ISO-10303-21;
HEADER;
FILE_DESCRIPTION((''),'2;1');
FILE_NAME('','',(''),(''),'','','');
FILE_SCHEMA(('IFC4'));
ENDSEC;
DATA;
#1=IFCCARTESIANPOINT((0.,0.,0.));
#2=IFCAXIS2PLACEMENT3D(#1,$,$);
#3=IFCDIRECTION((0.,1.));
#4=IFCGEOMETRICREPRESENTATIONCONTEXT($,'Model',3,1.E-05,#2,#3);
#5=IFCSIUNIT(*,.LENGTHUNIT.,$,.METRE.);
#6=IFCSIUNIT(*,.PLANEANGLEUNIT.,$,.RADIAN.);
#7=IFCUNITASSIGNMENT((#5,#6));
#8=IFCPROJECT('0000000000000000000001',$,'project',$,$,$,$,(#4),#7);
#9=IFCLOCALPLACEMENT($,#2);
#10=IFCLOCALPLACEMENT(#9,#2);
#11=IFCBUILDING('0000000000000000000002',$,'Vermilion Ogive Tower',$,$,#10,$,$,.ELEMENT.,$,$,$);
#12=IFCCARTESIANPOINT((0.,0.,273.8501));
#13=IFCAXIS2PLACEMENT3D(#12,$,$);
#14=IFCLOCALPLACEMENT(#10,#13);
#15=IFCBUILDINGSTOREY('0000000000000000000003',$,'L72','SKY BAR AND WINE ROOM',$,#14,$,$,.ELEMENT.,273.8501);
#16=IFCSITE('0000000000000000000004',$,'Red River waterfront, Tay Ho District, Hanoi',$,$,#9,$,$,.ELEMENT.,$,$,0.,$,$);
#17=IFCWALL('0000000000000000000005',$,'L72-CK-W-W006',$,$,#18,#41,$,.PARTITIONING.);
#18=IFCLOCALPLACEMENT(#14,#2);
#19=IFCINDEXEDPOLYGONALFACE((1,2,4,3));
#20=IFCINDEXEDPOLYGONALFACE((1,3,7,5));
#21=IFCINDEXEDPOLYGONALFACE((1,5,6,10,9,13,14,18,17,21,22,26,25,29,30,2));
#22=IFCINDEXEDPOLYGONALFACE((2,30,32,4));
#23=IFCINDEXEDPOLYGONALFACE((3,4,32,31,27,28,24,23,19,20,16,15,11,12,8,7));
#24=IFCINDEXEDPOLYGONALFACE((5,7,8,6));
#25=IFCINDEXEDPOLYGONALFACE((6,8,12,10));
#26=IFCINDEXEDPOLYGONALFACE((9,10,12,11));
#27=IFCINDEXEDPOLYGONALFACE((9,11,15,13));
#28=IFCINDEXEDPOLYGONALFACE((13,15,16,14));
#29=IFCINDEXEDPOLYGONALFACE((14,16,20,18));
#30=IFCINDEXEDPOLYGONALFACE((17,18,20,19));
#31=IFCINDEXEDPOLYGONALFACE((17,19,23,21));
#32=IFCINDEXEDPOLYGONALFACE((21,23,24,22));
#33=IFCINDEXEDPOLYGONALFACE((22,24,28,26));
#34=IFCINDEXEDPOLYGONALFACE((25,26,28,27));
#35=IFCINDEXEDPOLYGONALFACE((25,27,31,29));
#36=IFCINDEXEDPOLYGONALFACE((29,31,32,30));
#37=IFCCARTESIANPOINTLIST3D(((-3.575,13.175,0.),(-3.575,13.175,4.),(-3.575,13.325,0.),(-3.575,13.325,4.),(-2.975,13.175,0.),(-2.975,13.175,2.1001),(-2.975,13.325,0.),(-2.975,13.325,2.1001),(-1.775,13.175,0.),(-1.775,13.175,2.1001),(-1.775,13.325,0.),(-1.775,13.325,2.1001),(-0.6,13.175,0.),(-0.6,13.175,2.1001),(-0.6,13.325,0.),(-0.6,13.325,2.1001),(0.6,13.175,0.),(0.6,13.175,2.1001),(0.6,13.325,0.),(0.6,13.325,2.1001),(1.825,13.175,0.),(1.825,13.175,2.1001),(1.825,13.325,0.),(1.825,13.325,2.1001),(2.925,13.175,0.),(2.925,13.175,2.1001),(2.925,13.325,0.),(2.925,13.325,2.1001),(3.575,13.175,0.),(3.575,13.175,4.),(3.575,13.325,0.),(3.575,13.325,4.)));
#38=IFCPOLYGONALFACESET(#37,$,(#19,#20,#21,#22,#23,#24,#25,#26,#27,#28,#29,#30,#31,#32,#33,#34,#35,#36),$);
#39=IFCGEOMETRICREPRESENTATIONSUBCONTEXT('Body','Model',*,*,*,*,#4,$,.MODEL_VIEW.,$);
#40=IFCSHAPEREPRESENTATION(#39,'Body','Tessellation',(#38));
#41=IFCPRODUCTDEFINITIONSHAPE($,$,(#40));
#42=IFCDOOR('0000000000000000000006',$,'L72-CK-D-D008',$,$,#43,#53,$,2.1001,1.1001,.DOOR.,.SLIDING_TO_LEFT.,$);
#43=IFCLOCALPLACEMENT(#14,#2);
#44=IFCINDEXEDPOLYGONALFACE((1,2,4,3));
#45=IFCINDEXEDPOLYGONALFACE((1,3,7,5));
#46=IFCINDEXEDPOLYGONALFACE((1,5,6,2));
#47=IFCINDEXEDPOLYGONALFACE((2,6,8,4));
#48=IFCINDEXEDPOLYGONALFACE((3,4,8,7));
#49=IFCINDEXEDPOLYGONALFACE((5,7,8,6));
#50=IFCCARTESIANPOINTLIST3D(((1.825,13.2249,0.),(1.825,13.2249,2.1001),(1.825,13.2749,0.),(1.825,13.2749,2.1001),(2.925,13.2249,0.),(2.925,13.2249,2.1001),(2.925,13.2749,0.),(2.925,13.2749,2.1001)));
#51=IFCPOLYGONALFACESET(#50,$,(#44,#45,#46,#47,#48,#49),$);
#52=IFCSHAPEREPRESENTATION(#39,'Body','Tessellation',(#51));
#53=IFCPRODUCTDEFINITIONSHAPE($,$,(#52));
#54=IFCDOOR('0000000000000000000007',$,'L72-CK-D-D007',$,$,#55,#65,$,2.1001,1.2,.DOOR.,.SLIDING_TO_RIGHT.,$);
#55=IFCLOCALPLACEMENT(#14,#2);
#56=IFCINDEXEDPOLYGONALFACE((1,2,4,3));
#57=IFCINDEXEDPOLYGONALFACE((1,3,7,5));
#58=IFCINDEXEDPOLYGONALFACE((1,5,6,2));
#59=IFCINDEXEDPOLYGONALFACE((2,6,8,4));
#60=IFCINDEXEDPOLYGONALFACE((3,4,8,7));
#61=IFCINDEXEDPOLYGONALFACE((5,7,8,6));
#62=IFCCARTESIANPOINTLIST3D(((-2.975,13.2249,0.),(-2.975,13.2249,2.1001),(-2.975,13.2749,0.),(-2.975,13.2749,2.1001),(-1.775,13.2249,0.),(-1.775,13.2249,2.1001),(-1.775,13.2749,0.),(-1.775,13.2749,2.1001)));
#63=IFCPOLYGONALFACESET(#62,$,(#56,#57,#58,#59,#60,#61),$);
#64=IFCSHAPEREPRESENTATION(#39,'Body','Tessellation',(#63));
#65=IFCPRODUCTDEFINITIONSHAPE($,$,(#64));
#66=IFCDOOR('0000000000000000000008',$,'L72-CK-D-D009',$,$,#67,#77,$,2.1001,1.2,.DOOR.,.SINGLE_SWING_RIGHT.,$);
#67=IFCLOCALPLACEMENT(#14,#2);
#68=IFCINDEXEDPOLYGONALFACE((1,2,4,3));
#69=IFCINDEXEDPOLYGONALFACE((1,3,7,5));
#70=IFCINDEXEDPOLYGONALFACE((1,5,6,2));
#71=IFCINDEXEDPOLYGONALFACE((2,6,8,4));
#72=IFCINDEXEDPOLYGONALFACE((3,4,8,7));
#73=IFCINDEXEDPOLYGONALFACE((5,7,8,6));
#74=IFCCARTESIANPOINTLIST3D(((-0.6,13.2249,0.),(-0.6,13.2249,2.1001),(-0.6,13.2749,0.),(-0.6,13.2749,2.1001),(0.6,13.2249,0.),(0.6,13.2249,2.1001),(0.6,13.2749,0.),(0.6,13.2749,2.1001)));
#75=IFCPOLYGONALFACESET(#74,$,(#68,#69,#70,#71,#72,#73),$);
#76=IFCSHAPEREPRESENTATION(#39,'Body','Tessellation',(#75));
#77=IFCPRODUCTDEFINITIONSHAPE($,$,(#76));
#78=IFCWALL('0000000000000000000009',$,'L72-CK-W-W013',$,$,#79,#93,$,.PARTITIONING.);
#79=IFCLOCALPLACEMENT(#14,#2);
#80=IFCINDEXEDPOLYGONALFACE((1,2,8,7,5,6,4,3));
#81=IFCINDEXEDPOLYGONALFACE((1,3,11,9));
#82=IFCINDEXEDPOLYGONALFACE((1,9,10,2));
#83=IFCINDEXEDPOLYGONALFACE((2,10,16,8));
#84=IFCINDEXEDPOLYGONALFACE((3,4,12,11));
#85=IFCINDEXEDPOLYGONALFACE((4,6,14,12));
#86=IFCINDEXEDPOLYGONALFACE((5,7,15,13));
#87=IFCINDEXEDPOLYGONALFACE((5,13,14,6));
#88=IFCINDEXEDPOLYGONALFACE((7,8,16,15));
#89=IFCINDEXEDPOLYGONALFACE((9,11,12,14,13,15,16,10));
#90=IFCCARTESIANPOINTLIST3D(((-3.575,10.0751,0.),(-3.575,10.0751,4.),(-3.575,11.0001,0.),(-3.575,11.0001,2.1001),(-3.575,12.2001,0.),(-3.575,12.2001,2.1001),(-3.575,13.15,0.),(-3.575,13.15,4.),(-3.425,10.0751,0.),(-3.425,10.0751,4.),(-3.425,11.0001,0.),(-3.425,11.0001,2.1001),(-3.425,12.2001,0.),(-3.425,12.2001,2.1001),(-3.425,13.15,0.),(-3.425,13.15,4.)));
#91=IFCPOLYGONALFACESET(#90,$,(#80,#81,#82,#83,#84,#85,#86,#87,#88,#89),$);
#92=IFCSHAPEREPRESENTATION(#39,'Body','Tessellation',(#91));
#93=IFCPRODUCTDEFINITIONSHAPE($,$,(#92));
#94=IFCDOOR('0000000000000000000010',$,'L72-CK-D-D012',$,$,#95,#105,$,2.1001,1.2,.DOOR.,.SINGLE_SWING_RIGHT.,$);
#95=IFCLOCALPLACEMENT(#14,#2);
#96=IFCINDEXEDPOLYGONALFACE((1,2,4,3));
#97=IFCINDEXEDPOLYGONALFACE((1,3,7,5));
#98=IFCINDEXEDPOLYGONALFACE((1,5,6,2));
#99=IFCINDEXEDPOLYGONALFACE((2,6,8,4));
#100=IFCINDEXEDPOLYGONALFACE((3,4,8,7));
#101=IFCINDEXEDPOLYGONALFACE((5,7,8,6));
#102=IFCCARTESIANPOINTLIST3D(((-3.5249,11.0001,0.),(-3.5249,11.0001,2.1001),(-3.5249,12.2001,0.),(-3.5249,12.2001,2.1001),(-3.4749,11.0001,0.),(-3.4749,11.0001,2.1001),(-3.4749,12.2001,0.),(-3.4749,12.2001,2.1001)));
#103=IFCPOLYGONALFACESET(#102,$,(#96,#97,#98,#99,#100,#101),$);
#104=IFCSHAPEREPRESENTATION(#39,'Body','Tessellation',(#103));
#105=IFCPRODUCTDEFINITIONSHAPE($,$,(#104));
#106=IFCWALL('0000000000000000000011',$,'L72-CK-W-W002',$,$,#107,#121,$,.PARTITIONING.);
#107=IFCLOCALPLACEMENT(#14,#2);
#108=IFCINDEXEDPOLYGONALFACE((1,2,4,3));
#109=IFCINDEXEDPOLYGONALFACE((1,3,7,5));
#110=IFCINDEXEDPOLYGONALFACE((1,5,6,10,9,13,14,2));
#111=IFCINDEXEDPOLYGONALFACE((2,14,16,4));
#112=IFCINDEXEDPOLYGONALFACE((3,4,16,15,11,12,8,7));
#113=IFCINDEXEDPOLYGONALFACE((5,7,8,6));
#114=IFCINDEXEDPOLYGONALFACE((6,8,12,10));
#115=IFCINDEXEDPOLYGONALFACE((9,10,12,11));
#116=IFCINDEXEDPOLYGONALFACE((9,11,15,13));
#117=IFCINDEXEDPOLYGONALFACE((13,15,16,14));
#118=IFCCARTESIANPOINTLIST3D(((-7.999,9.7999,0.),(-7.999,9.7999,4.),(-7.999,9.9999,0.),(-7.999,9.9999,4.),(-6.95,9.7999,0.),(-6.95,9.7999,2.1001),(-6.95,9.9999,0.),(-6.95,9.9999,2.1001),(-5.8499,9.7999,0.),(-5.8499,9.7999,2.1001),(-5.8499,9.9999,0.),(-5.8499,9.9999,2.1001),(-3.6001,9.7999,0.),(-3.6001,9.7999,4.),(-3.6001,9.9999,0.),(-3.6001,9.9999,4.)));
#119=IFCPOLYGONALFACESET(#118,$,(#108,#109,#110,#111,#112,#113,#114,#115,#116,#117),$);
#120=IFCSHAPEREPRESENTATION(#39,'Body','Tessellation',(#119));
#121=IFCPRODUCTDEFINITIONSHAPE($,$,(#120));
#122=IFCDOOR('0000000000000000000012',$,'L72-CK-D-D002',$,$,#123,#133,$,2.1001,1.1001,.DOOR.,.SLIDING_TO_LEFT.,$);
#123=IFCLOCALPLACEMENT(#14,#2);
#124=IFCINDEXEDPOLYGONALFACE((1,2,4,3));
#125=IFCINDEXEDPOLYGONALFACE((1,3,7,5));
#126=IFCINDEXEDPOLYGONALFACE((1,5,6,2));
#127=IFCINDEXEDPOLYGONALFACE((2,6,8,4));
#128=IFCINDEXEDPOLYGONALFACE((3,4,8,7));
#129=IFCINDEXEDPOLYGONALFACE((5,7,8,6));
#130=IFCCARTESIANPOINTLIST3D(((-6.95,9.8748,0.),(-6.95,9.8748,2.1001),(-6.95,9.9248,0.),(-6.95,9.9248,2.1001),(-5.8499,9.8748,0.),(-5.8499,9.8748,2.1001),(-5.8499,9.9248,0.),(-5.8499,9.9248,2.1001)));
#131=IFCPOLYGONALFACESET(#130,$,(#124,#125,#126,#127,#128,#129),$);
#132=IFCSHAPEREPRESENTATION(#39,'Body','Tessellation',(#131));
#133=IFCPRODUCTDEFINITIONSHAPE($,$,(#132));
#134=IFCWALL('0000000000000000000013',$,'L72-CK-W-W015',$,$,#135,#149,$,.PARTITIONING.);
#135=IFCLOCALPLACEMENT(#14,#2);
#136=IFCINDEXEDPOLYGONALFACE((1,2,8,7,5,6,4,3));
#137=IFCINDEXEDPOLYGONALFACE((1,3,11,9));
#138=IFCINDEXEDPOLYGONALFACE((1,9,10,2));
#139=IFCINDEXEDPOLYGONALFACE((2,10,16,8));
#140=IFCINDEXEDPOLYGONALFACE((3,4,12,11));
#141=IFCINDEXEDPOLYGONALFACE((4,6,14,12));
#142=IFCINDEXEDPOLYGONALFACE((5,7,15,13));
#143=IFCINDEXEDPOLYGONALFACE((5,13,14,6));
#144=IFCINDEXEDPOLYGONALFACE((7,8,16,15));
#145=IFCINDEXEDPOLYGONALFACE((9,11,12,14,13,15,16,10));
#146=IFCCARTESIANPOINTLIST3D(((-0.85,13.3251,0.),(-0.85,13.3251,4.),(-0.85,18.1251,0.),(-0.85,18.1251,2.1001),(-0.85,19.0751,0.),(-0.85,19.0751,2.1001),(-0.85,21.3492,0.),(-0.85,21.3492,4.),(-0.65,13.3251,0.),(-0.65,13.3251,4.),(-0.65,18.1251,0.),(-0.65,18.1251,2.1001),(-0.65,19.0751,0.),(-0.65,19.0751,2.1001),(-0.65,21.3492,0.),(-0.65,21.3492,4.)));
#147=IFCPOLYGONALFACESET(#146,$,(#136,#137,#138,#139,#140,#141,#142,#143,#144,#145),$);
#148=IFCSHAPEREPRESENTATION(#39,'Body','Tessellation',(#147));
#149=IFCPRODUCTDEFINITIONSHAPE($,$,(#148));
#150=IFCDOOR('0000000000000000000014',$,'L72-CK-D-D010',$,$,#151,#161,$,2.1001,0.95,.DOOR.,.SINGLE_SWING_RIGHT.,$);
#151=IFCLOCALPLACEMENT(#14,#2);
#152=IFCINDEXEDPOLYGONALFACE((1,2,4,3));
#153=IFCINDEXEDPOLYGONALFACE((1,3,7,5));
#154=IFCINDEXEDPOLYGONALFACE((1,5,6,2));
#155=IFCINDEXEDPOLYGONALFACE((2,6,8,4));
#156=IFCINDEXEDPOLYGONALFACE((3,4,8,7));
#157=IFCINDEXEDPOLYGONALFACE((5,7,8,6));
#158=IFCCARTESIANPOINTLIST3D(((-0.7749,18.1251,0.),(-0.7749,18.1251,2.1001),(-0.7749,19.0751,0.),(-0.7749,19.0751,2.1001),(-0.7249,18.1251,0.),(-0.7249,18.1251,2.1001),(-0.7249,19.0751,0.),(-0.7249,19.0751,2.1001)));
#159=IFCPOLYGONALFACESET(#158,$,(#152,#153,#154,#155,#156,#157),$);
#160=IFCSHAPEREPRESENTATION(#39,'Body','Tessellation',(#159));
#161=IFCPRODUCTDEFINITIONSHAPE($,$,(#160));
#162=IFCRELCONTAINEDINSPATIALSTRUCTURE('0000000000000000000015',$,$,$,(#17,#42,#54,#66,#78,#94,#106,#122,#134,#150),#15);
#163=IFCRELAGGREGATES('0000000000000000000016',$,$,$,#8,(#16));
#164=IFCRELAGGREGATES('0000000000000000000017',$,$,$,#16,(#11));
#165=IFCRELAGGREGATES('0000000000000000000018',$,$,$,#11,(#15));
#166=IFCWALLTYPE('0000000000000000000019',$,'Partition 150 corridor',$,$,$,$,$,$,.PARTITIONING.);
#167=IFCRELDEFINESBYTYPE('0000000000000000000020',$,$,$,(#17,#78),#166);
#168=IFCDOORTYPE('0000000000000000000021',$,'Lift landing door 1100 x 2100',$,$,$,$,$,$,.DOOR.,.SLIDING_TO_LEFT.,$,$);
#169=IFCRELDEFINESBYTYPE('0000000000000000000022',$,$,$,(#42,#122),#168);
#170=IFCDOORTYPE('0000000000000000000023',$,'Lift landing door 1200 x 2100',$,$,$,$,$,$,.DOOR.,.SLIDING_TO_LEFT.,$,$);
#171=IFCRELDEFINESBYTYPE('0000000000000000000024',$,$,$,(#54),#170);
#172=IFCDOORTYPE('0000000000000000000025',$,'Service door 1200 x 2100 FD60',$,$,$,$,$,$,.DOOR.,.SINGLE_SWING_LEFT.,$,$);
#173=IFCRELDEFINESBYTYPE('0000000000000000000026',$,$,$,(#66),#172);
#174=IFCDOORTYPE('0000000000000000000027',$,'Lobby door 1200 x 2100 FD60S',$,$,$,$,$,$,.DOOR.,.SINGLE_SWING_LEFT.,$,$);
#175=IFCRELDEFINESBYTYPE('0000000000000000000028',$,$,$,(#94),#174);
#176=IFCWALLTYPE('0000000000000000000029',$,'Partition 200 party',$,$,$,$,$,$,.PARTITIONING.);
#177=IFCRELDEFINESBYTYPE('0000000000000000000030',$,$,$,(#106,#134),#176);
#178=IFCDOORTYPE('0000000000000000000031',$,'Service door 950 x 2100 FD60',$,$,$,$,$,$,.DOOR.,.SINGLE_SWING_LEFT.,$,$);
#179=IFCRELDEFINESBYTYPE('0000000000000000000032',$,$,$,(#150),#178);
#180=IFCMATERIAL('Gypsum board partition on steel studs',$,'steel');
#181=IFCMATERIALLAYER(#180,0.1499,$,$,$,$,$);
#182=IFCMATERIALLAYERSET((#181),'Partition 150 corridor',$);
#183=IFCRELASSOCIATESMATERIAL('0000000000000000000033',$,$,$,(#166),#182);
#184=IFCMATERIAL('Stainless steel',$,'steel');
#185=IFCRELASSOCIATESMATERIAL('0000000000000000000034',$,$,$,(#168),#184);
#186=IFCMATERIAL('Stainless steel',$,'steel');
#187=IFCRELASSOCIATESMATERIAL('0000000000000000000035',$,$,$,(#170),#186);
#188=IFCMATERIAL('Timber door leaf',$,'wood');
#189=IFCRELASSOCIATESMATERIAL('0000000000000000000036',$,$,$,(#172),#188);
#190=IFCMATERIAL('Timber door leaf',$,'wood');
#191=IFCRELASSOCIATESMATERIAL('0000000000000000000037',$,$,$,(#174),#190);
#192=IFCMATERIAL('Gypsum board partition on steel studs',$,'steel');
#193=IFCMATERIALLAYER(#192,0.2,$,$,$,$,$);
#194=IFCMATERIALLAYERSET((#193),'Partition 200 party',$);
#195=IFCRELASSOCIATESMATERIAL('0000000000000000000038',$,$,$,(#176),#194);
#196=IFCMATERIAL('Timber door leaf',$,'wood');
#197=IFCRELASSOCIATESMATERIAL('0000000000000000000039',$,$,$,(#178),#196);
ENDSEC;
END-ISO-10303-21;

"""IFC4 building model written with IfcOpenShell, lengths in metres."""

from ifc_helpers import new_model, si_unit, direction, frame, frame_2d, origin, place, context, subcontext, project, spatial, rectangle, extrude, material, layer, layer_set, type_object, element, fill, save


model = new_model("IFC4")

# Units and contexts
model_context = context("Model", 3, precision=1e-05, world=origin(), true_north=direction((0.0, 1.0)))
body_context = subcontext(model_context, "Body", "Model", "MODEL_VIEW")
ifc_project = project(units=[si_unit("LENGTHUNIT", "METRE"), si_unit("PLANEANGLEUNIT", "RADIAN")], contexts=[model_context])

# Site, building, storey
site_placement = place(None, origin())
site = spatial("IfcSite", under=ifc_project, at=site_placement, Name="Red River waterfront, Tay Ho District, Hanoi", CompositionType="ELEMENT", RefElevation=0.0)
building_placement = place(site_placement, origin())
building = spatial("IfcBuilding", under=site, at=building_placement, Name="Vermilion Ogive Tower", CompositionType="ELEMENT")
storey_placement = place(building_placement, frame((0.0, 0.0, 273.8501)))
storey = spatial("IfcBuildingStorey", under=building, at=storey_placement, Name="L72", Description="SKY BAR AND WINE ROOM", CompositionType="ELEMENT", Elevation=273.8501)

# Shared definitions
ifc_material_1 = material(Name="Gypsum board partition on steel studs", Category="steel")
ifc_layer_1 = layer(ifc_material_1, 0.1499)
ifc_layer_set_1 = layer_set([ifc_layer_1], Name="Partition 150 corridor")
wall_type_1 = type_object("IfcWallType", Name="Partition 150 corridor", PredefinedType="PARTITIONING", material=ifc_layer_set_1)

# Wall, openings, doors
wall_1_placement = place(storey_placement, frame((-3.575, 13.25, 0.0), z_axis=(0.0, 0.0, 1.0), x_axis=(1.0, 0.0, 0.0)))
wall_1 = element("IfcWall", 1, at=wall_1_placement, inside=storey, type_object=wall_type_1, Name="L72-CK-W-W006", PredefinedType="PARTITIONING", context=body_context, shape_type="SweptSolid", body=[
    extrude(rectangle(XDim=7.1499, YDim=0.1499, at=frame_2d((3.575, 0.0))), origin(), (0.0, 0.0, 1.0), 4.0),
])
opening_1_placement = place(wall_1_placement, frame((0.5999, 0.0, 0.0)))
opening_1 = element("IfcOpeningElement", 2, at=opening_1_placement, cuts=wall_1, PredefinedType="OPENING", context=body_context, shape_type="SweptSolid", body=[
    extrude(rectangle(XDim=1.2, YDim=2.1001, at=frame_2d((0.6001, 1.05))), frame((0.0, 0.085, 0.0), z_axis=(0.0, -1.0, 0.0), x_axis=(1.0, 0.0, 0.0)), (0.0, 0.0, 1.0), 0.1699),
])
opening_2_placement = place(wall_1_placement, frame((5.3999, 0.0, 0.0)))
opening_2 = element("IfcOpeningElement", 3, at=opening_2_placement, cuts=wall_1, PredefinedType="OPENING", context=body_context, shape_type="SweptSolid", body=[
    extrude(rectangle(XDim=1.1001, YDim=2.1001, at=frame_2d((0.55, 1.05))), frame((0.0, 0.085, 0.0), z_axis=(0.0, -1.0, 0.0), x_axis=(1.0, 0.0, 0.0)), (0.0, 0.0, 1.0), 0.1699),
])
opening_3_placement = place(wall_1_placement, frame((2.9749, 0.0, 0.0)))
opening_3 = element("IfcOpeningElement", 4, at=opening_3_placement, cuts=wall_1, PredefinedType="OPENING", context=body_context, shape_type="SweptSolid", body=[
    extrude(rectangle(XDim=1.2, YDim=2.1001, at=frame_2d((0.6001, 1.05))), frame((0.0, 0.085, 0.0), z_axis=(0.0, -1.0, 0.0), x_axis=(1.0, 0.0, 0.0)), (0.0, 0.0, 1.0), 0.1699),
])
ifc_material_2 = material(Name="Stainless steel", Category="steel")
door_type_1 = type_object("IfcDoorType", Name="Lift landing door 1100 x 2100", OperationType="SLIDING_TO_LEFT", PredefinedType="DOOR", material=ifc_material_2)
door_1_placement = place(opening_2_placement, origin())
door_1 = element("IfcDoor", 5, at=door_1_placement, inside=storey, type_object=door_type_1, Name="L72-CK-D-D008", OperationType="SLIDING_TO_LEFT", OverallHeight=2.1001, OverallWidth=1.1001, PredefinedType="DOOR", context=body_context, shape_type="SweptSolid", body=[
    extrude(rectangle(XDim=1.1001, YDim=2.1001, at=frame_2d((0.55, 1.05))), frame((0.0, 0.0249, 0.0), z_axis=(0.0, -1.0, 0.0), x_axis=(1.0, 0.0, 0.0)), (0.0, 0.0, 1.0), 0.05),
])
fill(opening_2, door_1)
ifc_material_3 = material(Name="Stainless steel", Category="steel")
door_type_2 = type_object("IfcDoorType", Name="Lift landing door 1200 x 2100", OperationType="SLIDING_TO_LEFT", PredefinedType="DOOR", material=ifc_material_3)
door_2_placement = place(opening_1_placement, origin())
door_2 = element("IfcDoor", 6, at=door_2_placement, inside=storey, type_object=door_type_2, Name="L72-CK-D-D007", OperationType="SLIDING_TO_RIGHT", OverallHeight=2.1001, OverallWidth=1.2, PredefinedType="DOOR", context=body_context, shape_type="SweptSolid", body=[
    extrude(rectangle(XDim=1.2, YDim=2.1001, at=frame_2d((0.6001, 1.05))), frame((0.0, 0.0249, 0.0), z_axis=(0.0, -1.0, 0.0), x_axis=(1.0, 0.0, 0.0)), (0.0, 0.0, 1.0), 0.05),
])
fill(opening_1, door_2)
ifc_material_4 = material(Name="Timber door leaf", Category="wood")
door_type_3 = type_object("IfcDoorType", Name="Service door 1200 x 2100 FD60", OperationType="SINGLE_SWING_LEFT", PredefinedType="DOOR", material=ifc_material_4)
door_3_placement = place(opening_3_placement, origin())
door_3 = element("IfcDoor", 7, at=door_3_placement, inside=storey, type_object=door_type_3, Name="L72-CK-D-D009", OperationType="SINGLE_SWING_RIGHT", OverallHeight=2.1001, OverallWidth=1.2, PredefinedType="DOOR", context=body_context, shape_type="SweptSolid", body=[
    extrude(rectangle(XDim=1.2, YDim=2.1001, at=frame_2d((0.6001, 1.05))), frame((0.0, 0.0249, 0.0), z_axis=(0.0, -1.0, 0.0), x_axis=(1.0, 0.0, 0.0)), (0.0, 0.0, 1.0), 0.05),
])
fill(opening_3, door_3)

# Walls, openings, doors
wall_2_placement = place(storey_placement, frame((-3.5, 10.075, 0.0), z_axis=(0.0, 0.0, 1.0), x_axis=(0.0, 1.0, 0.0)))
wall_2 = element("IfcWall", 8, at=wall_2_placement, inside=storey, type_object=wall_type_1, Name="L72-CK-W-W013", PredefinedType="PARTITIONING", context=body_context, shape_type="SweptSolid", body=[
    extrude(rectangle(XDim=3.075, YDim=0.1499, at=frame_2d((1.5376, 0.0))), origin(), (0.0, 0.0, 1.0), 4.0),
])
opening_4_placement = place(wall_2_placement, frame((0.925, 0.0, 0.0)))
opening_4 = element("IfcOpeningElement", 9, at=opening_4_placement, cuts=wall_2, PredefinedType="OPENING", context=body_context, shape_type="SweptSolid", body=[
    extrude(rectangle(XDim=1.2, YDim=2.1001, at=frame_2d((0.6001, 1.05))), frame((0.0, 0.085, 0.0), z_axis=(0.0, -1.0, 0.0), x_axis=(1.0, 0.0, 0.0)), (0.0, 0.0, 1.0), 0.1699),
])
ifc_material_5 = material(Name="Timber door leaf", Category="wood")
door_type_4 = type_object("IfcDoorType", Name="Lobby door 1200 x 2100 FD60S", OperationType="SINGLE_SWING_LEFT", PredefinedType="DOOR", material=ifc_material_5)
door_4_placement = place(opening_4_placement, origin())
door_4 = element("IfcDoor", 10, at=door_4_placement, inside=storey, type_object=door_type_4, Name="L72-CK-D-D012", OperationType="SINGLE_SWING_RIGHT", OverallHeight=2.1001, OverallWidth=1.2, PredefinedType="DOOR", context=body_context, shape_type="SweptSolid", body=[
    extrude(rectangle(XDim=1.2, YDim=2.1001, at=frame_2d((0.6001, 1.05))), frame((0.0, 0.0249, 0.0), z_axis=(0.0, -1.0, 0.0), x_axis=(1.0, 0.0, 0.0)), (0.0, 0.0, 1.0), 0.05),
])
fill(opening_4, door_4)
ifc_material_6 = material(Name="Gypsum board partition on steel studs", Category="steel")
ifc_layer_2 = layer(ifc_material_6, 0.2)
ifc_layer_set_2 = layer_set([ifc_layer_2], Name="Partition 200 party")
wall_type_2 = type_object("IfcWallType", Name="Partition 200 party", PredefinedType="PARTITIONING", material=ifc_layer_set_2)
wall_3_placement = place(storey_placement, frame((-7.999, 9.8999, 0.0), z_axis=(0.0, 0.0, 1.0), x_axis=(1.0, 0.0, 0.0)))
wall_3 = element("IfcWall", 11, at=wall_3_placement, inside=storey, type_object=wall_type_2, Name="L72-CK-W-W002", PredefinedType="PARTITIONING", context=body_context, shape_type="SweptSolid", body=[
    extrude(rectangle(XDim=4.3989, YDim=0.2, at=frame_2d((2.1995, 0.0))), origin(), (0.0, 0.0, 1.0), 4.0),
])
opening_5_placement = place(wall_3_placement, frame((1.0491, 0.0, 0.0)))
opening_5 = element("IfcOpeningElement", 12, at=opening_5_placement, cuts=wall_3, PredefinedType="OPENING", context=body_context, shape_type="SweptSolid", body=[
    extrude(rectangle(XDim=1.1001, YDim=2.1001, at=frame_2d((0.55, 1.05))), frame((0.0, 0.1099, 0.0), z_axis=(0.0, -1.0, 0.0), x_axis=(1.0, 0.0, 0.0)), (0.0, 0.0, 1.0), 0.22),
])
door_5_placement = place(opening_5_placement, origin())
door_5 = element("IfcDoor", 13, at=door_5_placement, inside=storey, type_object=door_type_1, Name="L72-CK-D-D002", OperationType="SLIDING_TO_LEFT", OverallHeight=2.1001, OverallWidth=1.1001, PredefinedType="DOOR", context=body_context, shape_type="SweptSolid", body=[
    extrude(rectangle(XDim=1.1001, YDim=2.1001, at=frame_2d((0.55, 1.05))), frame((0.0, 0.0249, 0.0), z_axis=(0.0, -1.0, 0.0), x_axis=(1.0, 0.0, 0.0)), (0.0, 0.0, 1.0), 0.05),
])
fill(opening_5, door_5)
wall_4_placement = place(storey_placement, frame((-0.75, 13.325, 0.0), z_axis=(0.0, 0.0, 1.0), x_axis=(0.0, 1.0, 0.0)))
wall_4 = element("IfcWall", 14, at=wall_4_placement, inside=storey, type_object=wall_type_2, Name="L72-CK-W-W015", PredefinedType="PARTITIONING", context=body_context, shape_type="SweptSolid", body=[
    extrude(rectangle(XDim=8.0242, YDim=0.2, at=frame_2d((4.0122, 0.0))), origin(), (0.0, 0.0, 1.0), 4.0),
])
opening_6_placement = place(wall_4_placement, frame((4.8, 0.0, 0.0)))
opening_6 = element("IfcOpeningElement", 15, at=opening_6_placement, cuts=wall_4, PredefinedType="OPENING", context=body_context, shape_type="SweptSolid", body=[
    extrude(rectangle(XDim=0.95, YDim=2.1001, at=frame_2d((0.4751, 1.05))), frame((0.0, 0.1099, 0.0), z_axis=(0.0, -1.0, 0.0), x_axis=(1.0, 0.0, 0.0)), (0.0, 0.0, 1.0), 0.22),
])
ifc_material_7 = material(Name="Timber door leaf", Category="wood")
door_type_5 = type_object("IfcDoorType", Name="Service door 950 x 2100 FD60", OperationType="SINGLE_SWING_LEFT", PredefinedType="DOOR", material=ifc_material_7)
door_6_placement = place(opening_6_placement, origin())
door_6 = element("IfcDoor", 16, at=door_6_placement, inside=storey, type_object=door_type_5, Name="L72-CK-D-D010", OperationType="SINGLE_SWING_RIGHT", OverallHeight=2.1001, OverallWidth=0.95, PredefinedType="DOOR", context=body_context, shape_type="SweptSolid", body=[
    extrude(rectangle(XDim=0.95, YDim=2.1001, at=frame_2d((0.4751, 1.05))), frame((0.0, 0.0249, 0.0), z_axis=(0.0, -1.0, 0.0), x_axis=(1.0, 0.0, 0.0)), (0.0, 0.0, 1.0), 0.05),
])
fill(opening_6, door_6)

save(model, "model.ifc")
